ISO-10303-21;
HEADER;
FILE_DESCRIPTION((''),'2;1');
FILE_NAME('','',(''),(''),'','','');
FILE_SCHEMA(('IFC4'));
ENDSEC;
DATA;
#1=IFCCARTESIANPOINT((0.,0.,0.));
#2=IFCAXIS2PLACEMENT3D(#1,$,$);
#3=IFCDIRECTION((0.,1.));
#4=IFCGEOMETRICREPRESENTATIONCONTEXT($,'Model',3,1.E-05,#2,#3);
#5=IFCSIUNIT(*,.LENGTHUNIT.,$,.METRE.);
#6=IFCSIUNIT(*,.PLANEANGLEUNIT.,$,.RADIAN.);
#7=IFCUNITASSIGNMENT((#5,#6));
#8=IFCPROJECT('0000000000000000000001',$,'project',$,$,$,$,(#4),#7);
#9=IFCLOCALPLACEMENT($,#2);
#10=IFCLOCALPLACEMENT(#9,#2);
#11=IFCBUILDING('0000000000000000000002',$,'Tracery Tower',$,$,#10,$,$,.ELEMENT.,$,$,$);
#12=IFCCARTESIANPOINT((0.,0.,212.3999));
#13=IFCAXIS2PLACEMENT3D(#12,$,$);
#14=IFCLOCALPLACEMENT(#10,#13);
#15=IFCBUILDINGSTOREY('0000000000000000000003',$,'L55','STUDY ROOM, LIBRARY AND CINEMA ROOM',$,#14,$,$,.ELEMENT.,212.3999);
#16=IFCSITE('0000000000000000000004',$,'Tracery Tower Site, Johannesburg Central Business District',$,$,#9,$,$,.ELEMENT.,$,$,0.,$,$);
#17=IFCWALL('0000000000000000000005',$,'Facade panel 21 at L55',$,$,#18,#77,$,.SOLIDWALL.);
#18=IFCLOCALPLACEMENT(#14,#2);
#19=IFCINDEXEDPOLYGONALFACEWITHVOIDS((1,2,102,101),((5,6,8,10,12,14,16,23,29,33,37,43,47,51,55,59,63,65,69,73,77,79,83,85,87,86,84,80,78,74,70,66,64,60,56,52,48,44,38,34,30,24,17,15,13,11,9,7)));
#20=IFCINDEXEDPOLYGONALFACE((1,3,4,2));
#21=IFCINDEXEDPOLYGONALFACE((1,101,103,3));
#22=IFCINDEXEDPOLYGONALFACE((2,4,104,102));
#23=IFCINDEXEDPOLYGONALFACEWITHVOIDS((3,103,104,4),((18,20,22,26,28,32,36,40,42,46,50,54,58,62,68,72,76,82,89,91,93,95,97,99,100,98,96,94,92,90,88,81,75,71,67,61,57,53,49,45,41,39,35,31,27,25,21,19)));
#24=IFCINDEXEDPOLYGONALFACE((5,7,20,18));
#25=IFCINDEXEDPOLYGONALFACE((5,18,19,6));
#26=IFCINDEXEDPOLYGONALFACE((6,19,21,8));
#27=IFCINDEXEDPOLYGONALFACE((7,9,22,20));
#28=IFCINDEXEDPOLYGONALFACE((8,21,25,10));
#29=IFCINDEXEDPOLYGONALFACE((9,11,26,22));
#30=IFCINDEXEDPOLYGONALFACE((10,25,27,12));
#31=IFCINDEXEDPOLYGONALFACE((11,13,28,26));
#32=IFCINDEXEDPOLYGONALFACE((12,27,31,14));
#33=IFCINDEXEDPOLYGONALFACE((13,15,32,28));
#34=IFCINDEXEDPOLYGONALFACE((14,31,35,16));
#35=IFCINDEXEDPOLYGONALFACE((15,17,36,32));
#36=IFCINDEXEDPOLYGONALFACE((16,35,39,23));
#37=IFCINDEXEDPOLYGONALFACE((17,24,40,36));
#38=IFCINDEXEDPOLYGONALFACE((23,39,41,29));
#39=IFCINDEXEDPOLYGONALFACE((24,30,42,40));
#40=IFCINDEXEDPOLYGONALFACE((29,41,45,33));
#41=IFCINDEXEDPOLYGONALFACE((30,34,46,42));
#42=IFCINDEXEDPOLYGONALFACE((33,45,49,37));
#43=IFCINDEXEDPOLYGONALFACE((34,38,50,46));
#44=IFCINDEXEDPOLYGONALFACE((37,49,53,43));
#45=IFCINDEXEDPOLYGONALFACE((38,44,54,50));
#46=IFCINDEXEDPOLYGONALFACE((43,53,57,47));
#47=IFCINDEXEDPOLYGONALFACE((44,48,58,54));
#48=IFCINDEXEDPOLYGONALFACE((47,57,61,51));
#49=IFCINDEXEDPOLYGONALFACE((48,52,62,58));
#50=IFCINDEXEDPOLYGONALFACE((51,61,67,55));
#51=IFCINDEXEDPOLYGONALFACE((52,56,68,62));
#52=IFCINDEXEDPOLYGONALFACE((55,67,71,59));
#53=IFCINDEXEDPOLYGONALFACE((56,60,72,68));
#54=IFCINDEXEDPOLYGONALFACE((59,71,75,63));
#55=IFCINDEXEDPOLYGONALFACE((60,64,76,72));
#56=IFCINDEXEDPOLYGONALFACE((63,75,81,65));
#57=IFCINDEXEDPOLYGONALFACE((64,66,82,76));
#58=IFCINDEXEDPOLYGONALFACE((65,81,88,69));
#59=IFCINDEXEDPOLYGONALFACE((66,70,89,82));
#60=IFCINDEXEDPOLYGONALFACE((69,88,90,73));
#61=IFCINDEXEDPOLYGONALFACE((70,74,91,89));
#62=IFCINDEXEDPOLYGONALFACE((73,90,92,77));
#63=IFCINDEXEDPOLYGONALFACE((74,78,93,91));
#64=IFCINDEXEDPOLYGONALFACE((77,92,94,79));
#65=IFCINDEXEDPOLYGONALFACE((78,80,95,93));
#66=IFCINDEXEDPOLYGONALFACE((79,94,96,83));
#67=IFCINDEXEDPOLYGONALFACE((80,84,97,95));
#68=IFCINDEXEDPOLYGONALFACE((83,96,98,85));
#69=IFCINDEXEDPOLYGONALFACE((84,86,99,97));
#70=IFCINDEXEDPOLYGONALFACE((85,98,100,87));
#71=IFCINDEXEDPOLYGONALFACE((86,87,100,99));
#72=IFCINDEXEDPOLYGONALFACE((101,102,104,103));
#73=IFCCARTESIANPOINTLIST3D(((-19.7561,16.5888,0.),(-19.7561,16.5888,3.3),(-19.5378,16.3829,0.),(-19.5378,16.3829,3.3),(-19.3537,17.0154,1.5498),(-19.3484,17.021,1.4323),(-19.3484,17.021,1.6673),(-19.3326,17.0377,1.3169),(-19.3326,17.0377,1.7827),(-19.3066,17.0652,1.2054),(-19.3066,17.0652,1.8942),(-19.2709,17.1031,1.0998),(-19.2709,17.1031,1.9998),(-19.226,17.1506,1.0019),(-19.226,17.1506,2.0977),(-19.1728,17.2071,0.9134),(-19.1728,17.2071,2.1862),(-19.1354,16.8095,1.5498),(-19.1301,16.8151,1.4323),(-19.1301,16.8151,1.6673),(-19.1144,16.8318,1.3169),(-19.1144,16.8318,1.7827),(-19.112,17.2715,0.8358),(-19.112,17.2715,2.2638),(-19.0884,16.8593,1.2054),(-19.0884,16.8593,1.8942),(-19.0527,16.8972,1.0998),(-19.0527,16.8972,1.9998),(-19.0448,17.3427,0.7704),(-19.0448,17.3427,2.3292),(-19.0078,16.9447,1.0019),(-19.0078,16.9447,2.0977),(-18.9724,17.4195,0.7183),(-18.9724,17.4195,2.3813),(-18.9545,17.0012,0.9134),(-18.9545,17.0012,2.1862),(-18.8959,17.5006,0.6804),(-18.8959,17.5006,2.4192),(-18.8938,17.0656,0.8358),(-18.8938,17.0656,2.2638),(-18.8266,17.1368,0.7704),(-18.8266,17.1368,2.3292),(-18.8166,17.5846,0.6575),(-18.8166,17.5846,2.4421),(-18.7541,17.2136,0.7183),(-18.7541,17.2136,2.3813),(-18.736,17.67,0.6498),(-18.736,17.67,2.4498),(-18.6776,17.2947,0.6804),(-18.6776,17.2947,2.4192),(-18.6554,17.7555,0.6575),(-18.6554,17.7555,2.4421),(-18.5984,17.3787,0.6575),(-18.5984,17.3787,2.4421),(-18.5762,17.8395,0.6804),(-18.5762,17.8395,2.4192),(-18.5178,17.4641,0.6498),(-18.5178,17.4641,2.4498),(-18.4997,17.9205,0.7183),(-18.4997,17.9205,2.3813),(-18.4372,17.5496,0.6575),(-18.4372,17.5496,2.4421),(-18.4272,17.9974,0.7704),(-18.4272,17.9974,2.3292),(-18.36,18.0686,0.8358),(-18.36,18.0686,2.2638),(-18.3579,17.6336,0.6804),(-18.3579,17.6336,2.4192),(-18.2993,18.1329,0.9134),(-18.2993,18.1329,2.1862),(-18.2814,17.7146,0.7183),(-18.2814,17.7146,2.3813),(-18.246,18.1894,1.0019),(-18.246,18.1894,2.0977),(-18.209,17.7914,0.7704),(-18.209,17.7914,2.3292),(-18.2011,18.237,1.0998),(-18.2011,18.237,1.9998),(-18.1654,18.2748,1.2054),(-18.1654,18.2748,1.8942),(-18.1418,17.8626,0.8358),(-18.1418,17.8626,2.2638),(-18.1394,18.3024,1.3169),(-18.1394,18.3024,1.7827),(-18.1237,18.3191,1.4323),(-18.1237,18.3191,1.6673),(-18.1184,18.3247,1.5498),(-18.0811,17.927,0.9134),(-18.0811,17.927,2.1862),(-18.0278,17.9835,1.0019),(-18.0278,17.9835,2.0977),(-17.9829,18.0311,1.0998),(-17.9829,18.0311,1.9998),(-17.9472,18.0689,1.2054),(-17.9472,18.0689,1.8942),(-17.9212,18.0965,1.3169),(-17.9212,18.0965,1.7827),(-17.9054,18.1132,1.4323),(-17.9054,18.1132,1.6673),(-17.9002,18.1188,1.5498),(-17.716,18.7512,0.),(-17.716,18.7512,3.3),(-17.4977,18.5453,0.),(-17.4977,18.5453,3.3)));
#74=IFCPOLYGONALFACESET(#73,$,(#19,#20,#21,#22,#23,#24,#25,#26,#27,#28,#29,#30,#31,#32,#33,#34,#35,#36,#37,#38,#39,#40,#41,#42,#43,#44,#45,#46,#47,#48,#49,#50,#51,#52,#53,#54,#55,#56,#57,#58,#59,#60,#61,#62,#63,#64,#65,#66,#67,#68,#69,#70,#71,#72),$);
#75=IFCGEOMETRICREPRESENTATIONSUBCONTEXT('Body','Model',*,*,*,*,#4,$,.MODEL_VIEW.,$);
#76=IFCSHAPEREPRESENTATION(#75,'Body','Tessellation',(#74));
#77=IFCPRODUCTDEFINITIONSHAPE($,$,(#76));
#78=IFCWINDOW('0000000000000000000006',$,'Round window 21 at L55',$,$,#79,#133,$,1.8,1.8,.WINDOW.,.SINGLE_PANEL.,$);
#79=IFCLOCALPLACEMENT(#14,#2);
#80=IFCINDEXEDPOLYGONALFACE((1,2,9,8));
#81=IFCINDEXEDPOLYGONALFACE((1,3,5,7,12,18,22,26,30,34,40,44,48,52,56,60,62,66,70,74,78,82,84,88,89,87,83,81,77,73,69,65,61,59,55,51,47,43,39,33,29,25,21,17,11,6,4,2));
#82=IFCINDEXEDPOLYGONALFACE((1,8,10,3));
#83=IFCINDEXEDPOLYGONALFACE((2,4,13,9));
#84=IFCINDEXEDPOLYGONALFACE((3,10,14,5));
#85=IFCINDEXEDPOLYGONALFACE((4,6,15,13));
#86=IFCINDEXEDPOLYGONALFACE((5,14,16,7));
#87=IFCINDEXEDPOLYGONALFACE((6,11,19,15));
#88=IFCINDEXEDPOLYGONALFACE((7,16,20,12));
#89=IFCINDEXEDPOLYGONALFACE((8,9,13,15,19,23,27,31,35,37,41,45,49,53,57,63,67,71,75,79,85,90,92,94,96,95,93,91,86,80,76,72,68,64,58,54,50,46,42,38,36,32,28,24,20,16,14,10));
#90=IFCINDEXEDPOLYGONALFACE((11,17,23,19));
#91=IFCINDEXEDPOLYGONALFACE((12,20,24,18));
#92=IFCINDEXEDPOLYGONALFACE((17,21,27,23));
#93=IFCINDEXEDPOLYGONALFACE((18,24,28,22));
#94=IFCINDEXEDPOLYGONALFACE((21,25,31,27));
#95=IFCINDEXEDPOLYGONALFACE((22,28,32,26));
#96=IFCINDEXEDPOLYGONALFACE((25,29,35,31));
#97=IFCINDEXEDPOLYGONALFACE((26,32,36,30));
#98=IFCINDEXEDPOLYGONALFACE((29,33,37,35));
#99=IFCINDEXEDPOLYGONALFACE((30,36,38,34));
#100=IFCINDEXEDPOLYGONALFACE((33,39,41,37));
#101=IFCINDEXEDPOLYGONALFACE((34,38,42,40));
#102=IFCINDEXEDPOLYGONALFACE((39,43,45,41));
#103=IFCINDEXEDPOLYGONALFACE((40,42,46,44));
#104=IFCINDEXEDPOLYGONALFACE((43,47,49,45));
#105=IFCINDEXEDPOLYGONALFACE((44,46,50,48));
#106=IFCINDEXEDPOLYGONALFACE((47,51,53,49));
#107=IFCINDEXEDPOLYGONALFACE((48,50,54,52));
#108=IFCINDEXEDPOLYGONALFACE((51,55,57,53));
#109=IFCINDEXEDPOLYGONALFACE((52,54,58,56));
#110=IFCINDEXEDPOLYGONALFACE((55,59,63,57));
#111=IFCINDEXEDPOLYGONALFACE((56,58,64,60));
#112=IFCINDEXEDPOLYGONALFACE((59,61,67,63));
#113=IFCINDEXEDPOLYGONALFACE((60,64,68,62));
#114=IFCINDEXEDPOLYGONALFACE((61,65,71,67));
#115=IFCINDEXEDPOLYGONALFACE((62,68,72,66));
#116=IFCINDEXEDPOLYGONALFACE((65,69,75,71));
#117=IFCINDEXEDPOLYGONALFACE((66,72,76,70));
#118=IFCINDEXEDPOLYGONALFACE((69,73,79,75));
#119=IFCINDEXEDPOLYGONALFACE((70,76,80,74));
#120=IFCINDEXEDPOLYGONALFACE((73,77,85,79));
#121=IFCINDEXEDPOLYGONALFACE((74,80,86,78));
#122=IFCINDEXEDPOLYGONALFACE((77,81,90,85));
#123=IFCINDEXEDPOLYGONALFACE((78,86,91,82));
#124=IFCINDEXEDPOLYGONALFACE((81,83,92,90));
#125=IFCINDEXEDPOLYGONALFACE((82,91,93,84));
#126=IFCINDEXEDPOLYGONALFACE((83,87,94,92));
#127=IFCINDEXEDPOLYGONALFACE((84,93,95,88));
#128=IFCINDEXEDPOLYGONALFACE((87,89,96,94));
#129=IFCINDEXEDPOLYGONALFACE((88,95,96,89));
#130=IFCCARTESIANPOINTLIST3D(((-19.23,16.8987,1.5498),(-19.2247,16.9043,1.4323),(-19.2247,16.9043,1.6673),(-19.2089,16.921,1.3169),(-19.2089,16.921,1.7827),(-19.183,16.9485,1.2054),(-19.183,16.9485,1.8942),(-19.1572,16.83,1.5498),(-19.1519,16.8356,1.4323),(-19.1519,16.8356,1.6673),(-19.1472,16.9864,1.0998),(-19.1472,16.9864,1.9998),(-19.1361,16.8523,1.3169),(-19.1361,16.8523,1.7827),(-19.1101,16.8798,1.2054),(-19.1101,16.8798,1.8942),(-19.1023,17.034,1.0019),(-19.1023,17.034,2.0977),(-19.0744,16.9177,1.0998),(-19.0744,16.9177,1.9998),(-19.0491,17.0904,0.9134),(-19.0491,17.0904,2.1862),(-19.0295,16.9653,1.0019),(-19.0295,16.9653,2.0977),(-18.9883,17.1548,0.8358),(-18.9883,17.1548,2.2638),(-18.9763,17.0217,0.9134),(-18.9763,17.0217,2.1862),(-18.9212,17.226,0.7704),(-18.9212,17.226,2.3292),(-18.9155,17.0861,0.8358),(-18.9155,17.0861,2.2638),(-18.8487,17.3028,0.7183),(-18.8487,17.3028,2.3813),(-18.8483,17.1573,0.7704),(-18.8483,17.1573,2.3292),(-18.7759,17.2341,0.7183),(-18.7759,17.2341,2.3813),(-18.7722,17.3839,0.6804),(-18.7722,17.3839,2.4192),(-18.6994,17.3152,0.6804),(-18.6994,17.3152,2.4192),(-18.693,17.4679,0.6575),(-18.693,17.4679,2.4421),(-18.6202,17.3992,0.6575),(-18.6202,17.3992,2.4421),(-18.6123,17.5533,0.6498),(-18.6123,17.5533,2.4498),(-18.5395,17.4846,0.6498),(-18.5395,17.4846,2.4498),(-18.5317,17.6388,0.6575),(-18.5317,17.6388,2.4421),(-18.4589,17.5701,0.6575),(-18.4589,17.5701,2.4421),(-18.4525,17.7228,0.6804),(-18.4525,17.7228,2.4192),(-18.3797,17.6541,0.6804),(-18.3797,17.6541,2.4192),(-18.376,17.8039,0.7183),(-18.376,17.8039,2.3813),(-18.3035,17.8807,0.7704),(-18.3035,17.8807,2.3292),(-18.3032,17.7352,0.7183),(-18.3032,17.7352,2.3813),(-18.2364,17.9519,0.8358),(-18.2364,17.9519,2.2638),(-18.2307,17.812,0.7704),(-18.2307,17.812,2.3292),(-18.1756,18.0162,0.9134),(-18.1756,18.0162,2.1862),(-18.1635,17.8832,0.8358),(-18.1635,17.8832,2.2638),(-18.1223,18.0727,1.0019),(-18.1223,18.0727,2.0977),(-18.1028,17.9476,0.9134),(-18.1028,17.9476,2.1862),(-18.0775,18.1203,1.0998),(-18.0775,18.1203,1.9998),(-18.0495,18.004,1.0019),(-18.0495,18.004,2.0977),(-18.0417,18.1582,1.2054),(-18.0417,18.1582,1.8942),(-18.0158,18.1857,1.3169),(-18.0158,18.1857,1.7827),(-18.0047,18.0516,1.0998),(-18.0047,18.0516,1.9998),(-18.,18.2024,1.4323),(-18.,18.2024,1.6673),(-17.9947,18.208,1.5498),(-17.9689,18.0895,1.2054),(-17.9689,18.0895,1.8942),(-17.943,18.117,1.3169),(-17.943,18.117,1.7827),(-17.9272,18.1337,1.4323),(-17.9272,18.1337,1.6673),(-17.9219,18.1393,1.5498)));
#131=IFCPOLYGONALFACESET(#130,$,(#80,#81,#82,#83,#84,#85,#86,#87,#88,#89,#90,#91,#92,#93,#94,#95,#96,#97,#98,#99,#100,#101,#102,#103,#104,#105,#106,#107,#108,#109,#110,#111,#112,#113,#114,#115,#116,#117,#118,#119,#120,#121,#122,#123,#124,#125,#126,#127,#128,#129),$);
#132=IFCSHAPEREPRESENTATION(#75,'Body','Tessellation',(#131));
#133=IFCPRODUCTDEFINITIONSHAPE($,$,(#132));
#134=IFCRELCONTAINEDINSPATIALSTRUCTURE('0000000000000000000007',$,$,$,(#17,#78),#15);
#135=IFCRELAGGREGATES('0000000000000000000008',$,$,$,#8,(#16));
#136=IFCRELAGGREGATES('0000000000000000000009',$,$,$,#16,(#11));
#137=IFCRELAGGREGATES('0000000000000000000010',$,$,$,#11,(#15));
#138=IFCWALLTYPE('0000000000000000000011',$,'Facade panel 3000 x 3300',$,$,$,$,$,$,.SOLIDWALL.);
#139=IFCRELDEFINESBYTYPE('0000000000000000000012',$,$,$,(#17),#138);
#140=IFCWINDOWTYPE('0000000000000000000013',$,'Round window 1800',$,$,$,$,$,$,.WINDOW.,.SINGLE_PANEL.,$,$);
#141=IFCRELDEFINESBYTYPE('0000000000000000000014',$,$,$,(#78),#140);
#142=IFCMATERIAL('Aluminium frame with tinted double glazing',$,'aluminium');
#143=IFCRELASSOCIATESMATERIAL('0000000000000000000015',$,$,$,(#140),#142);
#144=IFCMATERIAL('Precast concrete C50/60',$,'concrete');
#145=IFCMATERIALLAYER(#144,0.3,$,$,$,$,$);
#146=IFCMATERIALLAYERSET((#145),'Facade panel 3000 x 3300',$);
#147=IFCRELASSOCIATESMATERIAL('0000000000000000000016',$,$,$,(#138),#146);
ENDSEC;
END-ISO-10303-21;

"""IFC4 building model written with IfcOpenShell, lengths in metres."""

from ifc_helpers import new_model, si_unit, direction, frame, frame_2d, origin, origin_2d, place, context, subcontext, project, spatial, rectangle, circle, extrude, material, layer, layer_set, type_object, element, fill, save


model = new_model("IFC4")

# Units and contexts
model_context = context("Model", 3, precision=1e-05, world=origin(), true_north=direction((0.0, 1.0)))
body_context = subcontext(model_context, "Body", "Model", "MODEL_VIEW")
ifc_project = project(units=[si_unit("LENGTHUNIT", "METRE"), si_unit("PLANEANGLEUNIT", "RADIAN")], contexts=[model_context])

# Site, building, storey
site_placement = place(None, origin())
site = spatial("IfcSite", under=ifc_project, at=site_placement, Name="Tracery Tower Site, Johannesburg Central Business District", CompositionType="ELEMENT", RefElevation=0.0)
building_placement = place(site_placement, origin())
building = spatial("IfcBuilding", under=site, at=building_placement, Name="Tracery Tower", CompositionType="ELEMENT")
storey_placement = place(building_placement, frame((0.0, 0.0, 212.3999)))
storey = spatial("IfcBuildingStorey", under=building, at=storey_placement, Name="L55", Description="STUDY ROOM, LIBRARY AND CINEMA ROOM", CompositionType="ELEMENT", Elevation=212.3999)

# Wall, opening, window
ifc_material_1 = material(Name="Aluminium frame with tinted double glazing", Category="aluminium")
window_type = type_object("IfcWindowType", Name="Round window 1800", PartitioningType="SINGLE_PANEL", PredefinedType="WINDOW", material=ifc_material_1)
ifc_material_2 = material(Name="Precast concrete C50/60", Category="concrete")
ifc_layer_1 = layer(ifc_material_2, 0.3)
ifc_layer_set_1 = layer_set([ifc_layer_1], Name="Facade panel 3000 x 3300")
wall_type_1 = type_object("IfcWallType", Name="Facade panel 3000 x 3300", PredefinedType="SOLIDWALL", material=ifc_layer_set_1)
wall_1_placement = place(storey_placement, frame((-17.6069, 18.6482, 0.0), z_axis=(0.0, 0.0, 1.0), x_axis=(-0.686235, -0.72738, 0.0)))
wall_1 = element("IfcWall", 1, at=wall_1_placement, inside=storey, type_object=wall_type_1, Name="Facade panel 21 at L55", PredefinedType="SOLIDWALL", context=body_context, shape_type="SweptSolid", body=[
    extrude(rectangle(XDim=2.9729, YDim=0.3, at=frame_2d((1.4863, 0.0))), origin(), (0.0, 0.0, 1.0), 3.3),
])
opening_1_placement = place(wall_1_placement, frame((1.4863, 0.0, 1.5498)))
opening_1 = element("IfcOpeningElement", 2, at=opening_1_placement, cuts=wall_1, PredefinedType="OPENING", context=body_context, shape_type="SweptSolid", body=[
    extrude(circle(Radius=0.9, at=origin_2d()), frame((0.0, 0.1599, 0.0), z_axis=(0.0, -1.0, 0.0), x_axis=(1.0, 0.0, 0.0)), (0.0, 0.0, 1.0), 0.3201),
])
window_1_placement = place(opening_1_placement, origin())
window_1 = element("IfcWindow", 3, at=window_1_placement, inside=storey, type_object=window_type, Name="Round window 21 at L55", OverallHeight=1.8, OverallWidth=1.8, PartitioningType="SINGLE_PANEL", PredefinedType="WINDOW", context=body_context, shape_type="SweptSolid", body=[
    extrude(circle(Radius=0.9, at=origin_2d()), frame((0.0, 0.1201, 0.0), z_axis=(0.0, -1.0, 0.0), x_axis=(1.0, 0.0, 0.0)), (0.0, 0.0, 1.0), 0.1001),
])
fill(opening_1, window_1)

save(model, "model.ifc")
